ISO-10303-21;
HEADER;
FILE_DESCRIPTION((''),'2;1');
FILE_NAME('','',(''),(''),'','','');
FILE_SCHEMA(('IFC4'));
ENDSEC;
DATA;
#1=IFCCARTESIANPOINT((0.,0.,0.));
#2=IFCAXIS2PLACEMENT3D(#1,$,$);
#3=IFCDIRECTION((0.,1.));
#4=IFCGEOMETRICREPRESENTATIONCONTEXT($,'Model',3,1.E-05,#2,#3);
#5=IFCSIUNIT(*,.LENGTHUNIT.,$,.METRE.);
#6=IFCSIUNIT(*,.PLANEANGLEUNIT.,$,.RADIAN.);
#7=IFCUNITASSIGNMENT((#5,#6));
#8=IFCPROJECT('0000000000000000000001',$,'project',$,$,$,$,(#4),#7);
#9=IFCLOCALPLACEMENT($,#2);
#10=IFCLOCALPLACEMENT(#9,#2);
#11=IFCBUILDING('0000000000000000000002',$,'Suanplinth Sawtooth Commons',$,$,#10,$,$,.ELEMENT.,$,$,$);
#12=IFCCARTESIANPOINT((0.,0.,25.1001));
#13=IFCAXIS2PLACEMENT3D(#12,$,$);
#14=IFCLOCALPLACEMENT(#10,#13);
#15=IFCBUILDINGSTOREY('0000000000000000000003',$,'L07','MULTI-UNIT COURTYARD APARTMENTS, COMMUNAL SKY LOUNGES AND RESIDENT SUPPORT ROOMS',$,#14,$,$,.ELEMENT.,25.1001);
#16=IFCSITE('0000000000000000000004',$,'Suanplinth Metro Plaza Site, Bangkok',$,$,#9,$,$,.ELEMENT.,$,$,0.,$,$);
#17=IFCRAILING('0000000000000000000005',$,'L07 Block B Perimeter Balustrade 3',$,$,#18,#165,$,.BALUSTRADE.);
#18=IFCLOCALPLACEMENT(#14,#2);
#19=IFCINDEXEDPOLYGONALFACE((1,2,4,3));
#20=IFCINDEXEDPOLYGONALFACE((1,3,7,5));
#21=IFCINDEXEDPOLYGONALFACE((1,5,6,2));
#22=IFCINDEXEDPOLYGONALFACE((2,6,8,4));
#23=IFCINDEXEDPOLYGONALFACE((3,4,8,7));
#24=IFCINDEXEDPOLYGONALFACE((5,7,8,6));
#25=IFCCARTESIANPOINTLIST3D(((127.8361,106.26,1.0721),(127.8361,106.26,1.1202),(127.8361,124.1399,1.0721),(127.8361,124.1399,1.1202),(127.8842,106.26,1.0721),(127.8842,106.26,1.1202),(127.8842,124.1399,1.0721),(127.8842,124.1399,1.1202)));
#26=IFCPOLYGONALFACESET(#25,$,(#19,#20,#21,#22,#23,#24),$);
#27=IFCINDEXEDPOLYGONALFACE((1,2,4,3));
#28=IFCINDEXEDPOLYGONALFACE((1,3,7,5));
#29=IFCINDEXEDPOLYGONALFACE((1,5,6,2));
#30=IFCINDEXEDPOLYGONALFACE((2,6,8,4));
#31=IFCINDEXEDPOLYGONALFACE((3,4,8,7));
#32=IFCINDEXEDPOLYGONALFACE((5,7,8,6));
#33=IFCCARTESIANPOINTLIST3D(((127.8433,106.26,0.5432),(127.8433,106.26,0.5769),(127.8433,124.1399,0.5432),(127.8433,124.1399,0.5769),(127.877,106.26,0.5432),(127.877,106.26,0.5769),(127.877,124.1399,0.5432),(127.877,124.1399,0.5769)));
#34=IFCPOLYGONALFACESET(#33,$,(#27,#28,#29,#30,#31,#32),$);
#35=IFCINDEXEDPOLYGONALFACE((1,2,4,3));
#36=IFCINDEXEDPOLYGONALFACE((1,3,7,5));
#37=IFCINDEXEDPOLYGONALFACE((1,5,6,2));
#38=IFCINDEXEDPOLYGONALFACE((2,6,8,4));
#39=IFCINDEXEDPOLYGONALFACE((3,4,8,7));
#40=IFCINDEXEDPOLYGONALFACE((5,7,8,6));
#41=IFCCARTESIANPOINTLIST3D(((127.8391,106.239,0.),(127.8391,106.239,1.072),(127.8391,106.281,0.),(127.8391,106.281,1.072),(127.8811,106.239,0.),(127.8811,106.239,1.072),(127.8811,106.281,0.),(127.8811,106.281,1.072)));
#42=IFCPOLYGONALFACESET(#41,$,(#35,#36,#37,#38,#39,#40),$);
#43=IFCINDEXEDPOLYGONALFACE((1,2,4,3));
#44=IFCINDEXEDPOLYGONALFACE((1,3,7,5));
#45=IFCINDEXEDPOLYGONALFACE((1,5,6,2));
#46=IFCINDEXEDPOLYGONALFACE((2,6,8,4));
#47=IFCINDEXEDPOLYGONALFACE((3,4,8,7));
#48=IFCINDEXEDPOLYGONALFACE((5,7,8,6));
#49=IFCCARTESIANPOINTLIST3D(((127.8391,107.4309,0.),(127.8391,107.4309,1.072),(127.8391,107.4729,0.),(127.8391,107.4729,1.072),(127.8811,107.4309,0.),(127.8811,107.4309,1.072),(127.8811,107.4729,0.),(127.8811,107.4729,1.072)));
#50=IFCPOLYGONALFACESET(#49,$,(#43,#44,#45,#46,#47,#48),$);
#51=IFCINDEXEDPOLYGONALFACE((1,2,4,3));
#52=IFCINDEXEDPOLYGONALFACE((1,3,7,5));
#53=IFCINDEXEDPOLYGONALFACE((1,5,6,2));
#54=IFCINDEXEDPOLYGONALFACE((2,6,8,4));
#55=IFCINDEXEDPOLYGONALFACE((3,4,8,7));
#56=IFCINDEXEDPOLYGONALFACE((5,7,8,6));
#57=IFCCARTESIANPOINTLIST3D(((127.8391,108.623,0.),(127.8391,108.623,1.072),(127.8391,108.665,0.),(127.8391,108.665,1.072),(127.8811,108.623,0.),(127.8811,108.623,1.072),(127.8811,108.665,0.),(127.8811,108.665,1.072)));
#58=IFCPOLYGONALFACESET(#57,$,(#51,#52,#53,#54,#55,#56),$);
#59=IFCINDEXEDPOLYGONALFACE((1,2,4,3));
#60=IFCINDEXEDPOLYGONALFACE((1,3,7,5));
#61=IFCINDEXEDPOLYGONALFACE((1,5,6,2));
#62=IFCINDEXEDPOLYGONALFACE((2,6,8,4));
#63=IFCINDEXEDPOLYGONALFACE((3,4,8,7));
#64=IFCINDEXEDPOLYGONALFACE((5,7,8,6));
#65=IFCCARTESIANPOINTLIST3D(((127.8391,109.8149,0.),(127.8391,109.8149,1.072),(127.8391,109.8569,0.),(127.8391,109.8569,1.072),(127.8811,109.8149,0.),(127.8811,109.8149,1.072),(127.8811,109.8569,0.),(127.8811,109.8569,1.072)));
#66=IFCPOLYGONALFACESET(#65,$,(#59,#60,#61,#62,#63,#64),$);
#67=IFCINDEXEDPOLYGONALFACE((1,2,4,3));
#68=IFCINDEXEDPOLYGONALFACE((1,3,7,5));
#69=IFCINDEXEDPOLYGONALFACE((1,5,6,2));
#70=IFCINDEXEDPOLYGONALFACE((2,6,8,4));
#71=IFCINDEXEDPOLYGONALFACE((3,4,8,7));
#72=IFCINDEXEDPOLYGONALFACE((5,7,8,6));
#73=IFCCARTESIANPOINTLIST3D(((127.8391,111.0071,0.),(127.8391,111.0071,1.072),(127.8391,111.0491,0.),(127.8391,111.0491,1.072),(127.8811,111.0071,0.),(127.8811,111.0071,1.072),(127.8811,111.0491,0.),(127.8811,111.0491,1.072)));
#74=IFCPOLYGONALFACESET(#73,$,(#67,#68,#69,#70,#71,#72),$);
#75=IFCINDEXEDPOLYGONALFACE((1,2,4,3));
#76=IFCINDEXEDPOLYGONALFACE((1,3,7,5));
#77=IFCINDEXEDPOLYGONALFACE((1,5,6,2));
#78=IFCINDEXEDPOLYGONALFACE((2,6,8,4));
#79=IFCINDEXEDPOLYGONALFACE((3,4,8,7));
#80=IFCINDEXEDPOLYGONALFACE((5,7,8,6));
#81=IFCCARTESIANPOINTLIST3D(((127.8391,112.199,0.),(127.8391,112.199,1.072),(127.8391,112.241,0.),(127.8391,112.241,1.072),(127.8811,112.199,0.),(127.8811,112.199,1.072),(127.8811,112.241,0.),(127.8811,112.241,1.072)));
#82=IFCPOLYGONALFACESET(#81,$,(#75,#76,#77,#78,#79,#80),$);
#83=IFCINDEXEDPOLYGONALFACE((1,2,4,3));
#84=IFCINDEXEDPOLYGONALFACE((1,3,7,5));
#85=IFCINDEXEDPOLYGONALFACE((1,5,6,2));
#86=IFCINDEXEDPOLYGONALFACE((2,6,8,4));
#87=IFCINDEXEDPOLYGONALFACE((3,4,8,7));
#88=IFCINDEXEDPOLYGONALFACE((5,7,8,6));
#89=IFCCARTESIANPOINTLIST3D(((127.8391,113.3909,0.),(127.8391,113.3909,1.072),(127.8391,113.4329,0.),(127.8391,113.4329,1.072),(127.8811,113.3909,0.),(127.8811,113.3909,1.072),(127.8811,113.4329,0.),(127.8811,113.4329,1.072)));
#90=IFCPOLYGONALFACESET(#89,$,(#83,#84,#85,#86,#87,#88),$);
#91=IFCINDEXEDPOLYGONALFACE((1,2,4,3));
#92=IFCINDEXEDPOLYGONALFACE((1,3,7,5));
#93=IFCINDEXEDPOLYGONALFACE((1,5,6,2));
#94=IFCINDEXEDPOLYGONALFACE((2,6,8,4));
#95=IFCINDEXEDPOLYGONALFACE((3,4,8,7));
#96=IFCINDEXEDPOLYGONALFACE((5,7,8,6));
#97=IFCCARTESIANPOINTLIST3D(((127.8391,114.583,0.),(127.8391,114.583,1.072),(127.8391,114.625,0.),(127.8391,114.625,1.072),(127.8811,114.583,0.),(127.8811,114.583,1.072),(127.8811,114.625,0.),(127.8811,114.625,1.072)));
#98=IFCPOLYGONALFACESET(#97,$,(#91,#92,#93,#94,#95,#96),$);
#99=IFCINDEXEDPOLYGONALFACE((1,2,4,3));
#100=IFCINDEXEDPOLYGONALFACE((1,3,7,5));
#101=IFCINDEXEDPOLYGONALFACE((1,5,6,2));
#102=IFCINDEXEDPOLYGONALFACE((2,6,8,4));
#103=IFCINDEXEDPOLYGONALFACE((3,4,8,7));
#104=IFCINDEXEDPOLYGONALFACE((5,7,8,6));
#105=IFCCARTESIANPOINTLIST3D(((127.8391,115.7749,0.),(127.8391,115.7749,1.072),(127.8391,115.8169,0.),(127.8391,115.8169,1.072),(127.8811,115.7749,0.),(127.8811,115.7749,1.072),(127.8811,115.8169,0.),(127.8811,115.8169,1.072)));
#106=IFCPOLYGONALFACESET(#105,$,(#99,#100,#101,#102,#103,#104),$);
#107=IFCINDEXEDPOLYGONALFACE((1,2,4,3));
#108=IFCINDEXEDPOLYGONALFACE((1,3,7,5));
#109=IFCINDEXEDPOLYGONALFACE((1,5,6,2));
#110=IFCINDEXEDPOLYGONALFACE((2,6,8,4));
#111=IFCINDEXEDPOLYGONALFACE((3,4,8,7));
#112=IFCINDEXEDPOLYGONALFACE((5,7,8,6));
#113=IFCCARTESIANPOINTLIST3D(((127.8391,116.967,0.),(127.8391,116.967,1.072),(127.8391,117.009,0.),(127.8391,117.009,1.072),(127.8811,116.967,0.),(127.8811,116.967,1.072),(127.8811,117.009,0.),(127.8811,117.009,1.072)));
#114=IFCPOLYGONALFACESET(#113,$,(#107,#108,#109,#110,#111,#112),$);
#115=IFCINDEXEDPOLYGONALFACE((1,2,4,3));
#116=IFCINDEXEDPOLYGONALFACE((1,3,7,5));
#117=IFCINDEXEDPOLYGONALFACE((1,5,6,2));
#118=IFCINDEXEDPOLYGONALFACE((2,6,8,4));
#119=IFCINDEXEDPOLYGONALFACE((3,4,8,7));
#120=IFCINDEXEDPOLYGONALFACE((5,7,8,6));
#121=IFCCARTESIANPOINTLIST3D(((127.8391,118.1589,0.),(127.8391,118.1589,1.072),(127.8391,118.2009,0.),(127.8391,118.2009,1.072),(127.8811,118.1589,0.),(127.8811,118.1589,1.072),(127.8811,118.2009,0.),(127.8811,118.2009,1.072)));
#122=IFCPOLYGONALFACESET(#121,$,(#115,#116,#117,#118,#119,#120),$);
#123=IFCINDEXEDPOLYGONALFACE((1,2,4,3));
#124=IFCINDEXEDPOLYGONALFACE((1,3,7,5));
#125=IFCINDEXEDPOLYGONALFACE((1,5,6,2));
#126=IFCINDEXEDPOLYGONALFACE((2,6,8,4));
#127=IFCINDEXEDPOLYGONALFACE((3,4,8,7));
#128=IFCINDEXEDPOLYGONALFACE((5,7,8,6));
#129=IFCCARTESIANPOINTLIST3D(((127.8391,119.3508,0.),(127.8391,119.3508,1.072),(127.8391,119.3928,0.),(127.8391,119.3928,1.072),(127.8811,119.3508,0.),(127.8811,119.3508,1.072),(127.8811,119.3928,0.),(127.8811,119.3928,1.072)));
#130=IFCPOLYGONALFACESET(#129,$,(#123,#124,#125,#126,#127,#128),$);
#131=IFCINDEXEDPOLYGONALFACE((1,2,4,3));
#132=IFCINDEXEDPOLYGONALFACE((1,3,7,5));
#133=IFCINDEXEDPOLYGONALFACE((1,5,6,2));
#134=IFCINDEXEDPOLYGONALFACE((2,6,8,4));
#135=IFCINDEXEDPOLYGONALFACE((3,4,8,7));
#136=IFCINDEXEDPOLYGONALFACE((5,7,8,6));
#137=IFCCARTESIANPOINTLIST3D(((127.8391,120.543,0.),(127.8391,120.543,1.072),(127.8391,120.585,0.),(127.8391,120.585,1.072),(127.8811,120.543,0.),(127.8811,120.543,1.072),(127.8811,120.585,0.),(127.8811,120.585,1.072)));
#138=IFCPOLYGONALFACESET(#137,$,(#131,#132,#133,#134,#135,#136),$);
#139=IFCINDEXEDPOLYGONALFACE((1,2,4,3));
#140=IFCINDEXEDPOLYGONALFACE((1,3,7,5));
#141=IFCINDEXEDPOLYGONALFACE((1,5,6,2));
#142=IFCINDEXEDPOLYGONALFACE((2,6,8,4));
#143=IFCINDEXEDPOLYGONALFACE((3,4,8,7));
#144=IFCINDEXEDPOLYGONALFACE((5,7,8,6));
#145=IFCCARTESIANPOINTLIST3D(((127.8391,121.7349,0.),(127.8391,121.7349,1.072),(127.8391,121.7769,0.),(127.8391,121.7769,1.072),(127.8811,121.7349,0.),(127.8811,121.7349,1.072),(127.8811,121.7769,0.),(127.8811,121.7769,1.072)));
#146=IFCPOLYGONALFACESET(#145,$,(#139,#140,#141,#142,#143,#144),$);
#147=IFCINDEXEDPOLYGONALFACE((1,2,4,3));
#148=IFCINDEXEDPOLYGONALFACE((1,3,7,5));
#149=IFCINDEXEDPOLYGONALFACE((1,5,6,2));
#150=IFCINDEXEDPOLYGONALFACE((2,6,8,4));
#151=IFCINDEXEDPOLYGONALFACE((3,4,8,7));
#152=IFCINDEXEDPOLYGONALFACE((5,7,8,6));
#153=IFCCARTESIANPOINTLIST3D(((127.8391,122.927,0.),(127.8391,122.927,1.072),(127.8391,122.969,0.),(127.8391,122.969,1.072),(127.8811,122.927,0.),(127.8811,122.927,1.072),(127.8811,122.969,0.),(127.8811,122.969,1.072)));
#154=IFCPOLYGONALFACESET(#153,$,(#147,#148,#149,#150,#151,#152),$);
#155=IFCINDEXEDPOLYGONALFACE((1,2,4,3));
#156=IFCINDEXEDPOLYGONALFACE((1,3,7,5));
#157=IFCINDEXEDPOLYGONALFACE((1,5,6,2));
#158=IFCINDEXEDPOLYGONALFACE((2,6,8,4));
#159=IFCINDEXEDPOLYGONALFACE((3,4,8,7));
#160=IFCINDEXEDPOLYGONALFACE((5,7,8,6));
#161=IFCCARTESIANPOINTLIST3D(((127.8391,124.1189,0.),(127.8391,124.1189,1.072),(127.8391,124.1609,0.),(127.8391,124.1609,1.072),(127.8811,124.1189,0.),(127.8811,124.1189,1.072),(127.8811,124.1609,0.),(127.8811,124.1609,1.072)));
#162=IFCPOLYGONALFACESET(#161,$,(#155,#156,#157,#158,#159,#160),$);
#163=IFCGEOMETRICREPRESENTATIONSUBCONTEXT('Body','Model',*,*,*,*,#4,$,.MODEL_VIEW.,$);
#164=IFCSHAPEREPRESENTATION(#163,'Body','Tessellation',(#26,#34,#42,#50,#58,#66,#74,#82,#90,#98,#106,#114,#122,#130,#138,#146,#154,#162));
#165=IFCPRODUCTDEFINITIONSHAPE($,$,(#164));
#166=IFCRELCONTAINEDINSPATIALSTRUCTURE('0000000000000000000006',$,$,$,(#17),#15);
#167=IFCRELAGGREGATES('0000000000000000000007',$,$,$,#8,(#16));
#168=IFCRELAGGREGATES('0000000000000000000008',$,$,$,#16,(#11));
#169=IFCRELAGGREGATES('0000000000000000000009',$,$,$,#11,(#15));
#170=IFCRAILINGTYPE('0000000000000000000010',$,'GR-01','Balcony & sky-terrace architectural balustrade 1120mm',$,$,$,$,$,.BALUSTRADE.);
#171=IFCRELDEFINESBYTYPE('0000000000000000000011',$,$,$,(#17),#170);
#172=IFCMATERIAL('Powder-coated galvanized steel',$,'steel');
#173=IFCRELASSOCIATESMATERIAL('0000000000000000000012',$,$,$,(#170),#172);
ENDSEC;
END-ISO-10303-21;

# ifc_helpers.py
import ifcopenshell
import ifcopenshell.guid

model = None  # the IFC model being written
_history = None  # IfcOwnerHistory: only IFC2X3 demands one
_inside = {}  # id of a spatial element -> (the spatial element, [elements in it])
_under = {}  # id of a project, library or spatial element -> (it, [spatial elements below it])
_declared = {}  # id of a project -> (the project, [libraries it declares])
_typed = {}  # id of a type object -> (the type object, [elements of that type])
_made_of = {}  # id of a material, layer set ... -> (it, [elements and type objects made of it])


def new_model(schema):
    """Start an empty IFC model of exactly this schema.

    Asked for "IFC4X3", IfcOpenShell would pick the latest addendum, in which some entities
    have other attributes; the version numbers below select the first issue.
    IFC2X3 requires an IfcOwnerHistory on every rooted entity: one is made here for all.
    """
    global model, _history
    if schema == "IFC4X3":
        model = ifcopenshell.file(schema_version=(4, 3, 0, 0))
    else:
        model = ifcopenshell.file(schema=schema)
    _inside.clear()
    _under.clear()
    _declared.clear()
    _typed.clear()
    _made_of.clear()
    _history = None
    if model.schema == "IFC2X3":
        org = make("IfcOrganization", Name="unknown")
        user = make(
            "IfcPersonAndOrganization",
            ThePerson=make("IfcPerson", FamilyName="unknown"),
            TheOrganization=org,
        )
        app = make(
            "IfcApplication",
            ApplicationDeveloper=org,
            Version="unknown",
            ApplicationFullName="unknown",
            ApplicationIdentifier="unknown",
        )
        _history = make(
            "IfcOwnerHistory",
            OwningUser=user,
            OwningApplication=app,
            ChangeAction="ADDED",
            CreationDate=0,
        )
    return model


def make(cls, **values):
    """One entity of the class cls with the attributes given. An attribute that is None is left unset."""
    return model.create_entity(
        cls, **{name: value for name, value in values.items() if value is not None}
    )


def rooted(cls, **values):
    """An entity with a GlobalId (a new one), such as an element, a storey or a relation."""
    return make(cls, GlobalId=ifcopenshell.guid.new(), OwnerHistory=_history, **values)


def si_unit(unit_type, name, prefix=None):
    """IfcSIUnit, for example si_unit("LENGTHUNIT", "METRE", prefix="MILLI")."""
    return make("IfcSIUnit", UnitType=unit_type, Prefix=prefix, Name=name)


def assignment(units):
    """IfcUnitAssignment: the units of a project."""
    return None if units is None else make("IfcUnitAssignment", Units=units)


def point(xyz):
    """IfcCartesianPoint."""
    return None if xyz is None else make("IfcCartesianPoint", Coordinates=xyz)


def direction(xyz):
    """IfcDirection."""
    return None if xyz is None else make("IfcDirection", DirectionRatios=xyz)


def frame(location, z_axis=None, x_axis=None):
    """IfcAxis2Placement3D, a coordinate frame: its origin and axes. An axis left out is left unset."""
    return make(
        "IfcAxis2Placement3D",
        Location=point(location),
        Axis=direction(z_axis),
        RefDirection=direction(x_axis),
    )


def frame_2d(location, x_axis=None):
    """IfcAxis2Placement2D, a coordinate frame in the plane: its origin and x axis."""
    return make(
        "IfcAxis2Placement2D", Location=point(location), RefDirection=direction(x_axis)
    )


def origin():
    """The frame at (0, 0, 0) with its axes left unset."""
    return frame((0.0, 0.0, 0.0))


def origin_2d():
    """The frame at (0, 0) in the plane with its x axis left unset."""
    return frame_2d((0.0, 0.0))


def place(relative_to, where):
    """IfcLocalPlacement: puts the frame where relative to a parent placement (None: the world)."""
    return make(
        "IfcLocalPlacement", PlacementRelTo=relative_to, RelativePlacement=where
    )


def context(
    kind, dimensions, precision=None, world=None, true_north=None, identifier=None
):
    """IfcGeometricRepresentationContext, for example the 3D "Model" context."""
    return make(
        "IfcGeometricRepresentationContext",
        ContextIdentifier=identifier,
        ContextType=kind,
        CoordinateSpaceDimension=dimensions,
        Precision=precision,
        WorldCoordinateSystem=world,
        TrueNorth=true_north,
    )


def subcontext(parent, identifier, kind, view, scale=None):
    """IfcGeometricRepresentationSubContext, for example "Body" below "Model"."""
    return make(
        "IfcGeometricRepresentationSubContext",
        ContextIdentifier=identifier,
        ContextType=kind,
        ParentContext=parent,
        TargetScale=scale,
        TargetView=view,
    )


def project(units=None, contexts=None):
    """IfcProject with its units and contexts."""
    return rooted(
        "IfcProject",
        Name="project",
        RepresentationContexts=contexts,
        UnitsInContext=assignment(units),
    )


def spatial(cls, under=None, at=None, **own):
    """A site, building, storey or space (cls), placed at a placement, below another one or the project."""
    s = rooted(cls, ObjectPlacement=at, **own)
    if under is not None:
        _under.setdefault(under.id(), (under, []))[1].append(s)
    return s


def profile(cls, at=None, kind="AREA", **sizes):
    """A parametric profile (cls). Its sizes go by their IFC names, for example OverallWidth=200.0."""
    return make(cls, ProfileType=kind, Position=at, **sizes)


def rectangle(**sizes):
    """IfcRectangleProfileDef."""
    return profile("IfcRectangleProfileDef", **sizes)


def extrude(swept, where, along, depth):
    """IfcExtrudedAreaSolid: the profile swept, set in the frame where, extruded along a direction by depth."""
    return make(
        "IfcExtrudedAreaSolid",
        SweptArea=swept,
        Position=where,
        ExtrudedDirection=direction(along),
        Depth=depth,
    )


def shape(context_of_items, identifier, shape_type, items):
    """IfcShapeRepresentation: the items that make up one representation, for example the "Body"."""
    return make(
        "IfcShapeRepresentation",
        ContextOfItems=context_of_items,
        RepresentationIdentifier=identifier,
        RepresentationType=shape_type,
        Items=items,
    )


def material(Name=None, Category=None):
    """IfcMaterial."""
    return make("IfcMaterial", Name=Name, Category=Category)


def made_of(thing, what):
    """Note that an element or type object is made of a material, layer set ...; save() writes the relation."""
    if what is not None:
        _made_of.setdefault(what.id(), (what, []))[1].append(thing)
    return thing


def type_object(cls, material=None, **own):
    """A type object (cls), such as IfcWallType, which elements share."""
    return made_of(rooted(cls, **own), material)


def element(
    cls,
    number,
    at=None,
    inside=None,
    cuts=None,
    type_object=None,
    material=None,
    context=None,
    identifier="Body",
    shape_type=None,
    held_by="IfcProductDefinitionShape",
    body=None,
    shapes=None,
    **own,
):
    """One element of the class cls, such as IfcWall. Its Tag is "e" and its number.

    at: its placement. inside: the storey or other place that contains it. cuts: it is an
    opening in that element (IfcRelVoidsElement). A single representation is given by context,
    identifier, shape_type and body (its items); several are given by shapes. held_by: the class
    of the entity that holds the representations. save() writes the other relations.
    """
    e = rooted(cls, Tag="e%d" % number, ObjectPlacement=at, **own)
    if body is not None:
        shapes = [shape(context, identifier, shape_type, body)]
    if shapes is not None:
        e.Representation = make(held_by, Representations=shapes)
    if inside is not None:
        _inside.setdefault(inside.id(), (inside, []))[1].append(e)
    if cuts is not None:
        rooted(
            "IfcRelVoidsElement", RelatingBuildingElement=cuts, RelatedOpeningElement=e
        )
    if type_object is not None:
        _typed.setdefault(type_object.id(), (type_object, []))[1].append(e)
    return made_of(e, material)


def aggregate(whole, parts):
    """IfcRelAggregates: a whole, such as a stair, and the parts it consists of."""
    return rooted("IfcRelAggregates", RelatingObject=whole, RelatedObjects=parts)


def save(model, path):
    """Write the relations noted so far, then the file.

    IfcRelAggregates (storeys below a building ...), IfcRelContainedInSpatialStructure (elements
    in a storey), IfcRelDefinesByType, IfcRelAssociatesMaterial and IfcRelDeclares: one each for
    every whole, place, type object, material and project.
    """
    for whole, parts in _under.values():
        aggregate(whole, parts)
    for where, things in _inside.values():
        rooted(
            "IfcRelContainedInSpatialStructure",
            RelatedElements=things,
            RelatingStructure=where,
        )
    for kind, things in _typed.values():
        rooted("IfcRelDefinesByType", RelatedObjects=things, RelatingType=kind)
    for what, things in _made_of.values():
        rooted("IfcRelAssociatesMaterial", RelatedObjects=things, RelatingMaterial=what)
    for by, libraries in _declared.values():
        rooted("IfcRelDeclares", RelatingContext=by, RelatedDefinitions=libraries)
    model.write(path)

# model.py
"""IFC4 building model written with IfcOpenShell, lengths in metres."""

from ifc_helpers import new_model, si_unit, direction, frame, origin, origin_2d, place, context, subcontext, project, spatial, rectangle, extrude, material, type_object, element, save


model = new_model("IFC4")

# Units and contexts
model_context = context("Model", 3, precision=1e-05, world=origin(), true_north=direction((0.0, 1.0)))
body_context = subcontext(model_context, "Body", "Model", "MODEL_VIEW")
ifc_project = project(units=[si_unit("LENGTHUNIT", "METRE"), si_unit("PLANEANGLEUNIT", "RADIAN")], contexts=[model_context])

# Site, building, storey
site_placement = place(None, origin())
site = spatial("IfcSite", under=ifc_project, at=site_placement, Name="Suanplinth Metro Plaza Site, Bangkok", CompositionType="ELEMENT", RefElevation=0.0)
building_placement = place(site_placement, origin())
building = spatial("IfcBuilding", under=site, at=building_placement, Name="Suanplinth Sawtooth Commons", CompositionType="ELEMENT")
storey_placement = place(building_placement, frame((0.0, 0.0, 25.1001)))
storey = spatial("IfcBuildingStorey", under=building, at=storey_placement, Name="L07", Description="MULTI-UNIT COURTYARD APARTMENTS, COMMUNAL SKY LOUNGES AND RESIDENT SUPPORT ROOMS", CompositionType="ELEMENT", Elevation=25.1001)

# Railing
ifc_material_1 = material(Name="Powder-coated galvanized steel", Category="steel")
railing_type = type_object("IfcRailingType", Name="GR-01", Description="Balcony & sky-terrace architectural balustrade 1120mm", PredefinedType="BALUSTRADE", material=ifc_material_1)
railing_1_placement = place(storey_placement, frame((127.8601, 106.26, 0.0)))
element("IfcRailing", 1, at=railing_1_placement, inside=storey, type_object=railing_type, Name="L07 Block B Perimeter Balustrade 3", PredefinedType="BALUSTRADE", context=body_context, shape_type="SweptSolid", body=[
    extrude(rectangle(XDim=0.0481, YDim=0.0481, at=origin_2d()), frame((0.0, 0.0, 1.0962), z_axis=(0.0, 1.0, 0.0), x_axis=(-1.0, 0.0, 0.0)), (0.0, 0.0, 1.0), 17.8799),
    extrude(rectangle(XDim=0.0337, YDim=0.0337, at=origin_2d()), frame((0.0, 0.0, 0.5601), z_axis=(0.0, 1.0, 0.0), x_axis=(-1.0, 0.0, 0.0)), (0.0, 0.0, 1.0), 17.8799),
    extrude(rectangle(XDim=0.042, YDim=0.042, at=origin_2d()), origin(), (0.0, 0.0, 1.0), 1.072),
    extrude(rectangle(XDim=0.042, YDim=0.042, at=origin_2d()), frame((0.0, 1.1919, 0.0)), (0.0, 0.0, 1.0), 1.072),
    extrude(rectangle(XDim=0.042, YDim=0.042, at=origin_2d()), frame((0.0, 2.384, 0.0)), (0.0, 0.0, 1.0), 1.072),
    extrude(rectangle(XDim=0.042, YDim=0.042, at=origin_2d()), frame((0.0, 3.5759, 0.0)), (0.0, 0.0, 1.0), 1.072),
    extrude(rectangle(XDim=0.042, YDim=0.042, at=origin_2d()), frame((0.0, 4.7681, 0.0)), (0.0, 0.0, 1.0), 1.072),
    extrude(rectangle(XDim=0.042, YDim=0.042, at=origin_2d()), frame((0.0, 5.96, 0.0)), (0.0, 0.0, 1.0), 1.072),
    extrude(rectangle(XDim=0.042, YDim=0.042, at=origin_2d()), frame((0.0, 7.1519, 0.0)), (0.0, 0.0, 1.0), 1.072),
    extrude(rectangle(XDim=0.042, YDim=0.042, at=origin_2d()), frame((0.0, 8.344, 0.0)), (0.0, 0.0, 1.0), 1.072),
    extrude(rectangle(XDim=0.042, YDim=0.042, at=origin_2d()), frame((0.0, 9.5359, 0.0)), (0.0, 0.0, 1.0), 1.072),
    extrude(rectangle(XDim=0.042, YDim=0.042, at=origin_2d()), frame((0.0, 10.728, 0.0)), (0.0, 0.0, 1.0), 1.072),
    extrude(rectangle(XDim=0.042, YDim=0.042, at=origin_2d()), frame((0.0, 11.9199, 0.0)), (0.0, 0.0, 1.0), 1.072),
    extrude(rectangle(XDim=0.042, YDim=0.042, at=origin_2d()), frame((0.0, 13.1118, 0.0)), (0.0, 0.0, 1.0), 1.072),
    extrude(rectangle(XDim=0.042, YDim=0.042, at=origin_2d()), frame((0.0, 14.304, 0.0)), (0.0, 0.0, 1.0), 1.072),
    extrude(rectangle(XDim=0.042, YDim=0.042, at=origin_2d()), frame((0.0, 15.4958, 0.0)), (0.0, 0.0, 1.0), 1.072),
    extrude(rectangle(XDim=0.042, YDim=0.042, at=origin_2d()), frame((0.0, 16.688, 0.0)), (0.0, 0.0, 1.0), 1.072),
    extrude(rectangle(XDim=0.042, YDim=0.042, at=origin_2d()), frame((0.0, 17.8799, 0.0)), (0.0, 0.0, 1.0), 1.072),
])

save(model, "model.ifc")
